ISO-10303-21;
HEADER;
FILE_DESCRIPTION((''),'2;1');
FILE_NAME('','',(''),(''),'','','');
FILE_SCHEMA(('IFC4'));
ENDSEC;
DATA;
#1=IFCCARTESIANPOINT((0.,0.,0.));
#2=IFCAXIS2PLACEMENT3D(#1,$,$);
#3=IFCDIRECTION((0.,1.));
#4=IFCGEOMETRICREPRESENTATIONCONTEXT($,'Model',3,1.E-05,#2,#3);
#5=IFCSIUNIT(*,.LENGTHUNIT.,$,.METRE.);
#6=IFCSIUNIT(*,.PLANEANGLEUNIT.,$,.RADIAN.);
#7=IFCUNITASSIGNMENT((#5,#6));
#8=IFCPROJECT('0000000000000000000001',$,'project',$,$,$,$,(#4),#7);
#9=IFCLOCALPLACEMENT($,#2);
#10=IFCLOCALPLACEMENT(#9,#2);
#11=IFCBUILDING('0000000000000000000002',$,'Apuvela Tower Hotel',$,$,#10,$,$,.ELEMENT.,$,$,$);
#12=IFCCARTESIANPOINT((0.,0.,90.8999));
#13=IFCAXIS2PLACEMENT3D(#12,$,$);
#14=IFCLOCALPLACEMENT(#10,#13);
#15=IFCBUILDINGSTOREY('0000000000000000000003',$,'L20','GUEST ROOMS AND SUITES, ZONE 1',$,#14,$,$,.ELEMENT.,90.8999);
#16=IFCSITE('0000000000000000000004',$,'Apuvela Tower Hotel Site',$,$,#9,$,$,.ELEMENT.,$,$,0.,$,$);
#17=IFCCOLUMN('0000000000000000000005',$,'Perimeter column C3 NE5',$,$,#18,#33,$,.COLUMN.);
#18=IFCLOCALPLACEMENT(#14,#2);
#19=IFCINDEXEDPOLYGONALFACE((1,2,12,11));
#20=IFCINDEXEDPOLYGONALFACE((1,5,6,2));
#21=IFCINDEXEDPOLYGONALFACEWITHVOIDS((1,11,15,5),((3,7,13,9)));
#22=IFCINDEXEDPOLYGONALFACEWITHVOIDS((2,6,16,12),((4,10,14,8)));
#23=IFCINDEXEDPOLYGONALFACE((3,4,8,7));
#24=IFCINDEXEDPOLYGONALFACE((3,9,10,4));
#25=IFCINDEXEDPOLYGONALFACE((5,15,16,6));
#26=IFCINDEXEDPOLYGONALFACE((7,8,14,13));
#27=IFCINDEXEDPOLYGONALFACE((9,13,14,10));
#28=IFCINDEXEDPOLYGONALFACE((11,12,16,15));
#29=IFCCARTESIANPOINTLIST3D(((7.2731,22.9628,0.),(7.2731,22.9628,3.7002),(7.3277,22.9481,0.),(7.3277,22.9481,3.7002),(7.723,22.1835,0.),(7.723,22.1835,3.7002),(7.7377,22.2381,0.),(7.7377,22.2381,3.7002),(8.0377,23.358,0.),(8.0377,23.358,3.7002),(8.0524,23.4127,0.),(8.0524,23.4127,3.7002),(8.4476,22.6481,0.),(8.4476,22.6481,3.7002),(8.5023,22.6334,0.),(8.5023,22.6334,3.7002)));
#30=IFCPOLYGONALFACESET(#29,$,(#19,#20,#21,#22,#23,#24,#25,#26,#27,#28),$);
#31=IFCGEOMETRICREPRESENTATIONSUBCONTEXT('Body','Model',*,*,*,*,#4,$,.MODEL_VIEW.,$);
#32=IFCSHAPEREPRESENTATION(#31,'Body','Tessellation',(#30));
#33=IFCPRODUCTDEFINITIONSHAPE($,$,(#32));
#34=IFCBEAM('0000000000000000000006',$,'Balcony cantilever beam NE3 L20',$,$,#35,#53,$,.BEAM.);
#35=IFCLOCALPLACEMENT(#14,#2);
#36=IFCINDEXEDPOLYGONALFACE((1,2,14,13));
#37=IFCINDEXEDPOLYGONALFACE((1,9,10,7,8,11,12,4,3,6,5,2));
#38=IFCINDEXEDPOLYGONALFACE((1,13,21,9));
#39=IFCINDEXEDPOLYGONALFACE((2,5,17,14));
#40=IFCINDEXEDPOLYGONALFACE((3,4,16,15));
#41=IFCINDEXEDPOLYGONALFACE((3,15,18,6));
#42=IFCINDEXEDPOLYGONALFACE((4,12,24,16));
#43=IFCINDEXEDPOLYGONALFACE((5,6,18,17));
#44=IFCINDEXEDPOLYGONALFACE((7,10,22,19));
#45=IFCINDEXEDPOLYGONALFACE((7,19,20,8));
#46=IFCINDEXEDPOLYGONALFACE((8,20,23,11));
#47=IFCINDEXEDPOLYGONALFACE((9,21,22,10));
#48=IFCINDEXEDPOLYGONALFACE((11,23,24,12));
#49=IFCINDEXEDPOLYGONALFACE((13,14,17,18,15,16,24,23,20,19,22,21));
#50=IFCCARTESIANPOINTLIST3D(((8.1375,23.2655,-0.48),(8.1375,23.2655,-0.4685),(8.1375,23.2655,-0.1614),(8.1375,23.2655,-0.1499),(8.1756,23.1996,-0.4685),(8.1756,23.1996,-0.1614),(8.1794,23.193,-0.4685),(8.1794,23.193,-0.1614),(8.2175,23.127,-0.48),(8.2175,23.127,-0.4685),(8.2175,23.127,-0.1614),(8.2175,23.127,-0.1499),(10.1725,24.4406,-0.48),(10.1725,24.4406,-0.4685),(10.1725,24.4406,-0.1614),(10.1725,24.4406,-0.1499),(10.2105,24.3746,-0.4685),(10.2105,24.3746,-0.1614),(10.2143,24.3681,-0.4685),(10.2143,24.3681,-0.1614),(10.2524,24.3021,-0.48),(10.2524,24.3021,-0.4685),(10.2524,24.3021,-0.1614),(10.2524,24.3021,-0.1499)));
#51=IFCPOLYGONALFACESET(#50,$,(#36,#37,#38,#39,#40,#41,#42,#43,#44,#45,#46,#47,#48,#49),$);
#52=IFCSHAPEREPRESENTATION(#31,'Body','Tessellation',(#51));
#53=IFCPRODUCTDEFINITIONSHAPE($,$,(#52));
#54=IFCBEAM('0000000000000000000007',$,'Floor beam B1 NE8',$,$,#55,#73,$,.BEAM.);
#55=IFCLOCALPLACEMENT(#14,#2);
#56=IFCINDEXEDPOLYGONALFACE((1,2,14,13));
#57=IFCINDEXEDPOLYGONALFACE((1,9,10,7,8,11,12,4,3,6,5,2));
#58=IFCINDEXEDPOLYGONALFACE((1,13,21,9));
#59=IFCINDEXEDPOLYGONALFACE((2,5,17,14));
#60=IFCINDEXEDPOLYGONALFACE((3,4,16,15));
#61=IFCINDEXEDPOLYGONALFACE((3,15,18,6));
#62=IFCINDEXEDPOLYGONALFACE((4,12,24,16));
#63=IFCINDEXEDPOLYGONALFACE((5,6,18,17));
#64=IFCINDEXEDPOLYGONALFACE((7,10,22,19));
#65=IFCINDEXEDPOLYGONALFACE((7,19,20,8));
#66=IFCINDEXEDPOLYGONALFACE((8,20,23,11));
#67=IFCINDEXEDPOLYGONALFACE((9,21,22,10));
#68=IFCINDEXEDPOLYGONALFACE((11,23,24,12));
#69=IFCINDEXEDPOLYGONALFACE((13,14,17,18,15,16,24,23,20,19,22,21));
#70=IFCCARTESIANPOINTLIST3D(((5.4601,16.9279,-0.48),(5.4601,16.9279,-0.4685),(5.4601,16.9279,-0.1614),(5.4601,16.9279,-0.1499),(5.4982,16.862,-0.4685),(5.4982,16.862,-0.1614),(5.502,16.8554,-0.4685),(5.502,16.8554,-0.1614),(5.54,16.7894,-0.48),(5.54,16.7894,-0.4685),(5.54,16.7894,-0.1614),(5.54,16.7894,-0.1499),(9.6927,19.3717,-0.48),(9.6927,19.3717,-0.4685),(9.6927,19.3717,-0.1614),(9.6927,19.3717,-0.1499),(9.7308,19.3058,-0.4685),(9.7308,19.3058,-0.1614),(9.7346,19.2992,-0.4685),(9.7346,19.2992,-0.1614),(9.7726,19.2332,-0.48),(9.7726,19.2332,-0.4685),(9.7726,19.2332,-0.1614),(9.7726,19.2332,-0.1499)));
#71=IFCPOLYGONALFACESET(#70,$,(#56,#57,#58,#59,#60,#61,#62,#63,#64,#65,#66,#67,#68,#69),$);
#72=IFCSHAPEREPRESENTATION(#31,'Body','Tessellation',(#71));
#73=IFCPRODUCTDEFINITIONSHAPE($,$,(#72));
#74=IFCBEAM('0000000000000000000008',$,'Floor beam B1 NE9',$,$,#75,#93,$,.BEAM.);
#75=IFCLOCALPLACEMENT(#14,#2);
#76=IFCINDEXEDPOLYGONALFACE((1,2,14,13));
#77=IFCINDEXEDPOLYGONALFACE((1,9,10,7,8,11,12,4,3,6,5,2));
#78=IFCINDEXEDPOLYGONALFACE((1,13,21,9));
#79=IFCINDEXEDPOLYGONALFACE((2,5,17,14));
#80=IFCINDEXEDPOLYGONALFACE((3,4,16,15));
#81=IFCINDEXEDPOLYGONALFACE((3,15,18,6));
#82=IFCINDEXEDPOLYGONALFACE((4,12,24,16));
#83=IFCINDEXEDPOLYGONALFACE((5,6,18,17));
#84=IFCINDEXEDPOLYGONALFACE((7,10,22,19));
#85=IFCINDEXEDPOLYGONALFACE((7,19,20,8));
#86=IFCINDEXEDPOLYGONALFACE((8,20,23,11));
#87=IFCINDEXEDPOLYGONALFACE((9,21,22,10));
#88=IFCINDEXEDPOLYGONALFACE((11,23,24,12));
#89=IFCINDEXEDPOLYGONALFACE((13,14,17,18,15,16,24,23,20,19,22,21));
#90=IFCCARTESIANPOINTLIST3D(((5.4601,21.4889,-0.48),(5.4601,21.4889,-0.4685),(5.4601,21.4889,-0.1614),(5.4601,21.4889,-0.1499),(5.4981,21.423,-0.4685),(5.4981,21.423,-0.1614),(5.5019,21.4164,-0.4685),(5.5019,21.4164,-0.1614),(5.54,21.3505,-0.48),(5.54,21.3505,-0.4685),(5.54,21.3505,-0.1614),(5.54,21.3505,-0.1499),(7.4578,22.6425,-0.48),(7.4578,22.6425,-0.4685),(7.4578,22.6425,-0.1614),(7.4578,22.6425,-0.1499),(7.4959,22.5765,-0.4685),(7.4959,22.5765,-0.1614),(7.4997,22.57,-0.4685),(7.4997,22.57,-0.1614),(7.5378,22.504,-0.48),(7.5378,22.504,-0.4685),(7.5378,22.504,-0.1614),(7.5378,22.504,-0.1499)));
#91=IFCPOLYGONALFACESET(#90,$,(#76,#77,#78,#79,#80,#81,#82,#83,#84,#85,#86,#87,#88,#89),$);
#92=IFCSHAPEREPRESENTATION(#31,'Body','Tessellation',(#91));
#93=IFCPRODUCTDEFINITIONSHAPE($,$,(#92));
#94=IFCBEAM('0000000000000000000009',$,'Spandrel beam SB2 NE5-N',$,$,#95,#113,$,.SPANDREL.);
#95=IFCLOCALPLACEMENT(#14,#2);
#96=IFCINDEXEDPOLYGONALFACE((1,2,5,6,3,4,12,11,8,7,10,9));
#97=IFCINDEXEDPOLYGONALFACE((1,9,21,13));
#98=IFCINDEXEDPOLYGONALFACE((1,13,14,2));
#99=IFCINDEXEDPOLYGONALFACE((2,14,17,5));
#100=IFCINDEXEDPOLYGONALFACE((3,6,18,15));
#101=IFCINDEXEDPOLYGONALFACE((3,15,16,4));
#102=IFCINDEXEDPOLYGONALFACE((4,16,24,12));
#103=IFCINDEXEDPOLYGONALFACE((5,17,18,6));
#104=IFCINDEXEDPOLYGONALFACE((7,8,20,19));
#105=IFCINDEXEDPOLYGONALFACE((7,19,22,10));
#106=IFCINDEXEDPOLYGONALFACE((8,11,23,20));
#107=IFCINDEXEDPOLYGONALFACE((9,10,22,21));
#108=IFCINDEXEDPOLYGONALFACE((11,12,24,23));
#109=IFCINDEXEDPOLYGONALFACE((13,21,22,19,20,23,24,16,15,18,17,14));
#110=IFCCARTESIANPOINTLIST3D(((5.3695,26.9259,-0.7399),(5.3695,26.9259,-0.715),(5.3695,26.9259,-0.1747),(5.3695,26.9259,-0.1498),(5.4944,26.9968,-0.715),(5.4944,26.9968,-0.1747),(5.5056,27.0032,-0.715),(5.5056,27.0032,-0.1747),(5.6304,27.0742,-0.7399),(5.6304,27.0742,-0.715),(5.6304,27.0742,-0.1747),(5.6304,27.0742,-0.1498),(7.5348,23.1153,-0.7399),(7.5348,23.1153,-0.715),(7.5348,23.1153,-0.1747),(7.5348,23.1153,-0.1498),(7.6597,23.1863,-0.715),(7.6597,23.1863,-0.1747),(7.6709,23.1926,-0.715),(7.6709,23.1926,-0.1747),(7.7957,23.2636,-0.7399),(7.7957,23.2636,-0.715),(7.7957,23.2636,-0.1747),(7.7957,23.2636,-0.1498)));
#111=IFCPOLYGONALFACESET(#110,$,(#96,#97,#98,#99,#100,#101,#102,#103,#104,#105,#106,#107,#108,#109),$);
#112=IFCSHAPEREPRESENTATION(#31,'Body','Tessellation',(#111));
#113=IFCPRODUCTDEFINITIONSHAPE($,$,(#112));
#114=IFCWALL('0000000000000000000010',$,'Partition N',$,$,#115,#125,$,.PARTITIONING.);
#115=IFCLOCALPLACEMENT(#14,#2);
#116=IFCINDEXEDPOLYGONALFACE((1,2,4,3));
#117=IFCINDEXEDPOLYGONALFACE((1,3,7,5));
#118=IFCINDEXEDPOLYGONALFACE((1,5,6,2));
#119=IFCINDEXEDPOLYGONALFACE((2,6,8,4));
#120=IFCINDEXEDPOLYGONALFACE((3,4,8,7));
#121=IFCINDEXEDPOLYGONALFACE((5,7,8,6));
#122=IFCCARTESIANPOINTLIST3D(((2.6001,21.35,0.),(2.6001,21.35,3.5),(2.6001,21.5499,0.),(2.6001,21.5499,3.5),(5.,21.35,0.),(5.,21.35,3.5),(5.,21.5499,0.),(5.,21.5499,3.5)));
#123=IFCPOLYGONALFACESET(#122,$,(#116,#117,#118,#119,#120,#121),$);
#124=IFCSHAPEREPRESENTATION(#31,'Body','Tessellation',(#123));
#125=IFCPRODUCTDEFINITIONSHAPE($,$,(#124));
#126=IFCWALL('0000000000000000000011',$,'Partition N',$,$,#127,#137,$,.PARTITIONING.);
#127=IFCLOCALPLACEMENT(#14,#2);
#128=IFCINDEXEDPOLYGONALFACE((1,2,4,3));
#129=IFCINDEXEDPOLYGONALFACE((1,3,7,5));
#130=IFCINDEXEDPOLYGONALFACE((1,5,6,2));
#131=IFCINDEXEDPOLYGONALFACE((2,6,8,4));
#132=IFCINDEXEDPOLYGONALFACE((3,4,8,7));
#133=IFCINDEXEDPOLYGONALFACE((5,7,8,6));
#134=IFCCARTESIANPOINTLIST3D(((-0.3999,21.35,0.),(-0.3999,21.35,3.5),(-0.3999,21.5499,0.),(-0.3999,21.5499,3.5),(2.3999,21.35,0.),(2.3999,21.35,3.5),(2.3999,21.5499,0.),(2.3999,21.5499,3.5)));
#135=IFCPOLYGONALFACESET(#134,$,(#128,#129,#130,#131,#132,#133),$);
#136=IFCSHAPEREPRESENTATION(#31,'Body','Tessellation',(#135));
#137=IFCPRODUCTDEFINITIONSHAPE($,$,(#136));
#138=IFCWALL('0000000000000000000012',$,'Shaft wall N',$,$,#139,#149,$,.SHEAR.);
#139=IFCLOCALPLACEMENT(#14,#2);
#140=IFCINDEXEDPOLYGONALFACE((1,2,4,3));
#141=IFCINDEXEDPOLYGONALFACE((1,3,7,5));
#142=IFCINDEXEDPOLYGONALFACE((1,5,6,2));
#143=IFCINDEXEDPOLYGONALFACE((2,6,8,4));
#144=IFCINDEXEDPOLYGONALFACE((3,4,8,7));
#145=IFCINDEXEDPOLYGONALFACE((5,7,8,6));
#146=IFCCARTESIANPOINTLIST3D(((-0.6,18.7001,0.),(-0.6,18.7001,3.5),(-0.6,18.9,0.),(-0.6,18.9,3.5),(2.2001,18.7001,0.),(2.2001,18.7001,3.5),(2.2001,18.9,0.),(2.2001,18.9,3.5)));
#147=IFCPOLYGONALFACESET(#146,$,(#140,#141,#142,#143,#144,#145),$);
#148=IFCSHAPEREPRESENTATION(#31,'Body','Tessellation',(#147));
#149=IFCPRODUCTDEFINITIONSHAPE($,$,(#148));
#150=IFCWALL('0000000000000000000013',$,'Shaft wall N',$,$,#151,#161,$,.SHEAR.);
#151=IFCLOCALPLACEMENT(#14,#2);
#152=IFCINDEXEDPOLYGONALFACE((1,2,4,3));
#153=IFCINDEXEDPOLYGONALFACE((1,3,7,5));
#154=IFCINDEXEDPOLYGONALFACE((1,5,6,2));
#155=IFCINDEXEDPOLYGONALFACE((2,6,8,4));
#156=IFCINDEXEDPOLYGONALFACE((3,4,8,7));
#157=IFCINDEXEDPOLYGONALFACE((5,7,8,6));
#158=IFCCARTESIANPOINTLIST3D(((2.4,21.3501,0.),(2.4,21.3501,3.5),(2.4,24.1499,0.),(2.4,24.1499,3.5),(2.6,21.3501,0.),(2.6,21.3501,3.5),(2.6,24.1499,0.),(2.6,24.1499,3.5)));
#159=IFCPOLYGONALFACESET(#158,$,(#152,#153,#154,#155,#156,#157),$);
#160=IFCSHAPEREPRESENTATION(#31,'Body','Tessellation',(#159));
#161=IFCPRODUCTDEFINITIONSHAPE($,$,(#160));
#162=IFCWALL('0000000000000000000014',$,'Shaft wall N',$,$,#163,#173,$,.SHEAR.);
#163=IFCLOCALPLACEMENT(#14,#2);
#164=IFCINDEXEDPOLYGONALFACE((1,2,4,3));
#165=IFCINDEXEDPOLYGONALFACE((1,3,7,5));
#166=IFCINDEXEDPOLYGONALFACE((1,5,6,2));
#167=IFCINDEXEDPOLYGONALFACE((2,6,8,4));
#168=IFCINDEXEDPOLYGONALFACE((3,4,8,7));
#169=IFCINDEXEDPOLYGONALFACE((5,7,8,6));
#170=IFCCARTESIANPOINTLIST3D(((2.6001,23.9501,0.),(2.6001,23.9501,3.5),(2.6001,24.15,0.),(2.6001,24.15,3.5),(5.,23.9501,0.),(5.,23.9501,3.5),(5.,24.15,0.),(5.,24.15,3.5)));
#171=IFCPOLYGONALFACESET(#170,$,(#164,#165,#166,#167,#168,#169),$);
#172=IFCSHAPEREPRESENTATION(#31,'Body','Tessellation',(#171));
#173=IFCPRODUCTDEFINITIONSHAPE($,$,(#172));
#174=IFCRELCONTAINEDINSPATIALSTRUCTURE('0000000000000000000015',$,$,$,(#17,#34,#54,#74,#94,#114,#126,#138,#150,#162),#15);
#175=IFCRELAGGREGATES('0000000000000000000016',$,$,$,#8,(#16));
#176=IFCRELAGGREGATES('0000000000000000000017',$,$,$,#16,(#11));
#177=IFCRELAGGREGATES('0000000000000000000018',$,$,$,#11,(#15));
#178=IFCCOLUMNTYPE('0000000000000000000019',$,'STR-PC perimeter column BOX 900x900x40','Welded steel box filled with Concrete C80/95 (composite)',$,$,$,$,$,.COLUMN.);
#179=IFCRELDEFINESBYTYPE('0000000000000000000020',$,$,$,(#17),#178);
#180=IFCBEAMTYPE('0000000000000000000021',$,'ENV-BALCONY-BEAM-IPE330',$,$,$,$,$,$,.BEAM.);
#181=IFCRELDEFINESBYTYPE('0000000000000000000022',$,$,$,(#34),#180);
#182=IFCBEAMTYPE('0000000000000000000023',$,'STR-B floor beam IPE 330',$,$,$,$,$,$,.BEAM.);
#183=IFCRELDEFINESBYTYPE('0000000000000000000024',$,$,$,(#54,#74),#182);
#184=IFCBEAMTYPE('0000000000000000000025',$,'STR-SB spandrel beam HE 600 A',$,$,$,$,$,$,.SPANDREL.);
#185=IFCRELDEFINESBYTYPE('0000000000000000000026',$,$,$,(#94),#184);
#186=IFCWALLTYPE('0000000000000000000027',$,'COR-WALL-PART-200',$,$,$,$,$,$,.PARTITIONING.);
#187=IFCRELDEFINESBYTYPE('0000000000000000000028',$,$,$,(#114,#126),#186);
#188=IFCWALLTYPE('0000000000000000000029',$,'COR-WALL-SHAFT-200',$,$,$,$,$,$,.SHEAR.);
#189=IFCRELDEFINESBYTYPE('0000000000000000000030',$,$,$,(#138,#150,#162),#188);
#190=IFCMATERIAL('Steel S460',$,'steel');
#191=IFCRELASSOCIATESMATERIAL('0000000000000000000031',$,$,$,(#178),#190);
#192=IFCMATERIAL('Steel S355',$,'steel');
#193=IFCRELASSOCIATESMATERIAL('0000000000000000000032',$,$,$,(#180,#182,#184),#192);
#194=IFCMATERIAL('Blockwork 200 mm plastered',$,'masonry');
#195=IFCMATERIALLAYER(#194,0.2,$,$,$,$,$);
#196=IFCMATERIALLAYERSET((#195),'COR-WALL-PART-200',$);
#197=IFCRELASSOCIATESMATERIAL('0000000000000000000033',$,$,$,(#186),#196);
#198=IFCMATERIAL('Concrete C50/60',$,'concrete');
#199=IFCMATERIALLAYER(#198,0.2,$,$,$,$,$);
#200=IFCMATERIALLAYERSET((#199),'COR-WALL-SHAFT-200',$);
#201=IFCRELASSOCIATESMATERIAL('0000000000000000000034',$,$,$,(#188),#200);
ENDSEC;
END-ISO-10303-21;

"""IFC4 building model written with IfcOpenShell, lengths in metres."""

from ifc_helpers import new_model, si_unit, direction, frame, frame_2d, origin, origin_2d, place, context, subcontext, project, spatial, rectangle, hollow_rectangle, i_section, extrude, material, layer, layer_set, material_profile, profile_set, type_object, element, save


model = new_model("IFC4")

# Units and contexts
model_context = context("Model", 3, precision=1e-05, world=origin(), true_north=direction((0.0, 1.0)))
body_context = subcontext(model_context, "Body", "Model", "MODEL_VIEW")
ifc_project = project(units=[si_unit("LENGTHUNIT", "METRE"), si_unit("PLANEANGLEUNIT", "RADIAN")], contexts=[model_context])

# Site, building, storey
site_placement = place(None, origin())
site = spatial("IfcSite", under=ifc_project, at=site_placement, Name="Apuvela Tower Hotel Site", CompositionType="ELEMENT", RefElevation=0.0)
building_placement = place(site_placement, origin())
building = spatial("IfcBuilding", under=site, at=building_placement, Name="Apuvela Tower Hotel", CompositionType="ELEMENT")
storey_placement = place(building_placement, frame((0.0, 0.0, 90.8999)))
storey = spatial("IfcBuildingStorey", under=building, at=storey_placement, Name="L20", Description="GUEST ROOMS AND SUITES, ZONE 1", CompositionType="ELEMENT", Elevation=90.8999)

# Column
ifc_material_1 = material(Name="Steel S460", Category="steel")
ifc_material_profile_1 = material_profile(ifc_material_1, hollow_rectangle(XDim=0.8999, YDim=0.8999, WallThickness=0.04, at=origin_2d()), Name="BOX 900x900x40")
ifc_material_2 = material(Name="Concrete C80/95", Category="concrete")
ifc_material_profile_2 = material_profile(ifc_material_2, rectangle(XDim=0.8201, YDim=0.8201, at=origin_2d()), Name="Concrete C80/95 infill")
ifc_profile_set_1 = profile_set([ifc_material_profile_1, ifc_material_profile_2], Name="Steel S460")
column_type = type_object("IfcColumnType", Name="STR-PC perimeter column BOX 900x900x40", Description="Welded steel box filled with Concrete C80/95 (composite)", PredefinedType="COLUMN", material=ifc_profile_set_1)
column_placement = place(storey_placement, frame((7.8877, 22.7981, 0.0), z_axis=(0.0, 0.0, 1.0), x_axis=(-0.5, 0.866025, 0.0)))
element("IfcColumn", 1, at=column_placement, inside=storey, type_object=column_type, Name="Perimeter column C3 NE5", PredefinedType="COLUMN", context=body_context, shape_type="SweptSolid", body=[
    extrude(hollow_rectangle(XDim=0.8999, YDim=0.8999, WallThickness=0.04, at=origin_2d()), origin(), (0.0, 0.0, 1.0), 3.7002),
])

# Beams
ifc_material_3 = material(Name="Steel S355", Category="steel")
ifc_material_profile_3 = material_profile(ifc_material_3, i_section(OverallWidth=0.1599, OverallDepth=0.3301, WebThickness=0.0076, FlangeThickness=0.0115, at=origin_2d()), Name="IPE 330")
ifc_profile_set_2 = profile_set([ifc_material_profile_3], Name="Steel S355")
beam_type_1 = type_object("IfcBeamType", Name="ENV-BALCONY-BEAM-IPE330", PredefinedType="BEAM", material=ifc_profile_set_2)
beam_1_placement = place(storey_placement, frame((8.1775, 23.1963, -0.3149), z_axis=(0.86599, 0.500061, 0.0), x_axis=(-0.500061, 0.86599, 0.0)))
element("IfcBeam", 2, at=beam_1_placement, inside=storey, type_object=beam_type_1, Name="Balcony cantilever beam NE3 L20", PredefinedType="BEAM", context=body_context, shape_type="SweptSolid", body=[
    extrude(i_section(OverallWidth=0.1599, OverallDepth=0.3301, WebThickness=0.0076, FlangeThickness=0.0115, at=origin_2d()), origin(), (0.0, 0.0, 1.0), 2.3499),
])
ifc_material_profile_4 = material_profile(ifc_material_3, i_section(OverallWidth=0.1599, OverallDepth=0.3301, WebThickness=0.0076, FlangeThickness=0.0115, at=origin_2d()), Name="IPE 330")
ifc_profile_set_3 = profile_set([ifc_material_profile_4], Name="Steel S355")
beam_type_2 = type_object("IfcBeamType", Name="STR-B floor beam IPE 330", PredefinedType="BEAM", material=ifc_profile_set_3)
beam_2_placement = place(storey_placement, frame((9.7327, 19.3025, -0.3149), z_axis=(-0.866015, -0.500018, 0.0), x_axis=(0.500018, -0.866015, 0.0)))
element("IfcBeam", 3, at=beam_2_placement, inside=storey, type_object=beam_type_2, Name="Floor beam B1 NE8", PredefinedType="BEAM", context=body_context, shape_type="SweptSolid", body=[
    extrude(i_section(OverallWidth=0.1599, OverallDepth=0.3301, WebThickness=0.0076, FlangeThickness=0.0115, at=origin_2d()), origin(), (0.0, 0.0, 1.0), 4.8875),
])
beam_3_placement = place(storey_placement, frame((7.4978, 22.5732, -0.3149), z_axis=(-0.866001, -0.500043, 0.0), x_axis=(0.500043, -0.866001, 0.0)))
element("IfcBeam", 4, at=beam_3_placement, inside=storey, type_object=beam_type_2, Name="Floor beam B1 NE9", PredefinedType="BEAM", context=body_context, shape_type="SweptSolid", body=[
    extrude(i_section(OverallWidth=0.1599, OverallDepth=0.3301, WebThickness=0.0076, FlangeThickness=0.0115, at=origin_2d()), origin(), (0.0, 0.0, 1.0), 2.3069),
])
ifc_material_profile_5 = material_profile(ifc_material_3, i_section(OverallWidth=0.3, OverallDepth=0.5901, WebThickness=0.0129, FlangeThickness=0.0249, at=origin_2d()), Name="HE 600 A")
ifc_profile_set_4 = profile_set([ifc_material_profile_5], Name="Steel S355")
beam_type_3 = type_object("IfcBeamType", Name="STR-SB spandrel beam HE 600 A", PredefinedType="SPANDREL", material=ifc_profile_set_4)
beam_4_placement = place(storey_placement, frame((7.6653, 23.1895, -0.4448), z_axis=(-0.494044, 0.869437, 0.0), x_axis=(-0.869437, -0.494044, 0.0)))
element("IfcBeam", 5, at=beam_4_placement, inside=storey, type_object=beam_type_3, Name="Spandrel beam SB2 NE5-N", PredefinedType="SPANDREL", context=body_context, shape_type="SweptSolid", body=[
    extrude(i_section(OverallWidth=0.3, OverallDepth=0.5901, WebThickness=0.0129, FlangeThickness=0.0249, at=origin_2d()), origin(), (0.0, 0.0, 1.0), 4.3828),
])

# Walls
ifc_material_4 = material(Name="Blockwork 200 mm plastered", Category="masonry")
ifc_layer_1 = layer(ifc_material_4, 0.2)
ifc_layer_set_1 = layer_set([ifc_layer_1], Name="COR-WALL-PART-200")
wall_type_1 = type_object("IfcWallType", Name="COR-WALL-PART-200", PredefinedType="PARTITIONING", material=ifc_layer_set_1)
wall_1_placement = place(storey_placement, frame((5.0, 21.45, 0.0), z_axis=(0.0, 0.0, 1.0), x_axis=(-1.0, 0.0, 0.0)))
element("IfcWall", 6, at=wall_1_placement, inside=storey, type_object=wall_type_1, Name="Partition N", PredefinedType="PARTITIONING", context=body_context, shape_type="SweptSolid", body=[
    extrude(rectangle(XDim=2.3999, YDim=0.2, at=frame_2d((1.2, 0.0))), origin(), (0.0, 0.0, 1.0), 3.5),
])
wall_2_placement = place(storey_placement, frame((2.3999, 21.45, 0.0), z_axis=(0.0, 0.0, 1.0), x_axis=(-1.0, 0.0, 0.0)))
element("IfcWall", 7, at=wall_2_placement, inside=storey, type_object=wall_type_1, Name="Partition N", PredefinedType="PARTITIONING", context=body_context, shape_type="SweptSolid", body=[
    extrude(rectangle(XDim=2.7998, YDim=0.2, at=frame_2d((1.3999, 0.0))), origin(), (0.0, 0.0, 1.0), 3.5),
])
ifc_material_5 = material(Name="Concrete C50/60", Category="concrete")
ifc_layer_2 = layer(ifc_material_5, 0.2)
ifc_layer_set_2 = layer_set([ifc_layer_2], Name="COR-WALL-SHAFT-200")
wall_type_2 = type_object("IfcWallType", Name="COR-WALL-SHAFT-200", PredefinedType="SHEAR", material=ifc_layer_set_2)
wall_3_placement = place(storey_placement, frame((2.2, 18.8, 0.0), z_axis=(0.0, 0.0, 1.0), x_axis=(-1.0, 0.0, 0.0)))
element("IfcWall", 8, at=wall_3_placement, inside=storey, type_object=wall_type_2, Name="Shaft wall N", PredefinedType="SHEAR", context=body_context, shape_type="SweptSolid", body=[
    extrude(rectangle(XDim=2.8, YDim=0.2, at=frame_2d((1.3999, 0.0))), origin(), (0.0, 0.0, 1.0), 3.5),
])
wall_4_placement = place(storey_placement, frame((2.5, 21.3501, 0.0), z_axis=(0.0, 0.0, 1.0), x_axis=(0.0, 1.0, 0.0)))
element("IfcWall", 9, at=wall_4_placement, inside=storey, type_object=wall_type_2, Name="Shaft wall N", PredefinedType="SHEAR", context=body_context, shape_type="SweptSolid", body=[
    extrude(rectangle(XDim=2.7998, YDim=0.2, at=frame_2d((1.3999, 0.0))), origin(), (0.0, 0.0, 1.0), 3.5),
])
wall_5_placement = place(storey_placement, frame((5.0, 24.05, 0.0), z_axis=(0.0, 0.0, 1.0), x_axis=(-1.0, 0.0, 0.0)))
element("IfcWall", 10, at=wall_5_placement, inside=storey, type_object=wall_type_2, Name="Shaft wall N", PredefinedType="SHEAR", context=body_context, shape_type="SweptSolid", body=[
    extrude(rectangle(XDim=2.3999, YDim=0.2, at=frame_2d((1.2, 0.0))), origin(), (0.0, 0.0, 1.0), 3.5),
])

save(model, "model.ifc")
